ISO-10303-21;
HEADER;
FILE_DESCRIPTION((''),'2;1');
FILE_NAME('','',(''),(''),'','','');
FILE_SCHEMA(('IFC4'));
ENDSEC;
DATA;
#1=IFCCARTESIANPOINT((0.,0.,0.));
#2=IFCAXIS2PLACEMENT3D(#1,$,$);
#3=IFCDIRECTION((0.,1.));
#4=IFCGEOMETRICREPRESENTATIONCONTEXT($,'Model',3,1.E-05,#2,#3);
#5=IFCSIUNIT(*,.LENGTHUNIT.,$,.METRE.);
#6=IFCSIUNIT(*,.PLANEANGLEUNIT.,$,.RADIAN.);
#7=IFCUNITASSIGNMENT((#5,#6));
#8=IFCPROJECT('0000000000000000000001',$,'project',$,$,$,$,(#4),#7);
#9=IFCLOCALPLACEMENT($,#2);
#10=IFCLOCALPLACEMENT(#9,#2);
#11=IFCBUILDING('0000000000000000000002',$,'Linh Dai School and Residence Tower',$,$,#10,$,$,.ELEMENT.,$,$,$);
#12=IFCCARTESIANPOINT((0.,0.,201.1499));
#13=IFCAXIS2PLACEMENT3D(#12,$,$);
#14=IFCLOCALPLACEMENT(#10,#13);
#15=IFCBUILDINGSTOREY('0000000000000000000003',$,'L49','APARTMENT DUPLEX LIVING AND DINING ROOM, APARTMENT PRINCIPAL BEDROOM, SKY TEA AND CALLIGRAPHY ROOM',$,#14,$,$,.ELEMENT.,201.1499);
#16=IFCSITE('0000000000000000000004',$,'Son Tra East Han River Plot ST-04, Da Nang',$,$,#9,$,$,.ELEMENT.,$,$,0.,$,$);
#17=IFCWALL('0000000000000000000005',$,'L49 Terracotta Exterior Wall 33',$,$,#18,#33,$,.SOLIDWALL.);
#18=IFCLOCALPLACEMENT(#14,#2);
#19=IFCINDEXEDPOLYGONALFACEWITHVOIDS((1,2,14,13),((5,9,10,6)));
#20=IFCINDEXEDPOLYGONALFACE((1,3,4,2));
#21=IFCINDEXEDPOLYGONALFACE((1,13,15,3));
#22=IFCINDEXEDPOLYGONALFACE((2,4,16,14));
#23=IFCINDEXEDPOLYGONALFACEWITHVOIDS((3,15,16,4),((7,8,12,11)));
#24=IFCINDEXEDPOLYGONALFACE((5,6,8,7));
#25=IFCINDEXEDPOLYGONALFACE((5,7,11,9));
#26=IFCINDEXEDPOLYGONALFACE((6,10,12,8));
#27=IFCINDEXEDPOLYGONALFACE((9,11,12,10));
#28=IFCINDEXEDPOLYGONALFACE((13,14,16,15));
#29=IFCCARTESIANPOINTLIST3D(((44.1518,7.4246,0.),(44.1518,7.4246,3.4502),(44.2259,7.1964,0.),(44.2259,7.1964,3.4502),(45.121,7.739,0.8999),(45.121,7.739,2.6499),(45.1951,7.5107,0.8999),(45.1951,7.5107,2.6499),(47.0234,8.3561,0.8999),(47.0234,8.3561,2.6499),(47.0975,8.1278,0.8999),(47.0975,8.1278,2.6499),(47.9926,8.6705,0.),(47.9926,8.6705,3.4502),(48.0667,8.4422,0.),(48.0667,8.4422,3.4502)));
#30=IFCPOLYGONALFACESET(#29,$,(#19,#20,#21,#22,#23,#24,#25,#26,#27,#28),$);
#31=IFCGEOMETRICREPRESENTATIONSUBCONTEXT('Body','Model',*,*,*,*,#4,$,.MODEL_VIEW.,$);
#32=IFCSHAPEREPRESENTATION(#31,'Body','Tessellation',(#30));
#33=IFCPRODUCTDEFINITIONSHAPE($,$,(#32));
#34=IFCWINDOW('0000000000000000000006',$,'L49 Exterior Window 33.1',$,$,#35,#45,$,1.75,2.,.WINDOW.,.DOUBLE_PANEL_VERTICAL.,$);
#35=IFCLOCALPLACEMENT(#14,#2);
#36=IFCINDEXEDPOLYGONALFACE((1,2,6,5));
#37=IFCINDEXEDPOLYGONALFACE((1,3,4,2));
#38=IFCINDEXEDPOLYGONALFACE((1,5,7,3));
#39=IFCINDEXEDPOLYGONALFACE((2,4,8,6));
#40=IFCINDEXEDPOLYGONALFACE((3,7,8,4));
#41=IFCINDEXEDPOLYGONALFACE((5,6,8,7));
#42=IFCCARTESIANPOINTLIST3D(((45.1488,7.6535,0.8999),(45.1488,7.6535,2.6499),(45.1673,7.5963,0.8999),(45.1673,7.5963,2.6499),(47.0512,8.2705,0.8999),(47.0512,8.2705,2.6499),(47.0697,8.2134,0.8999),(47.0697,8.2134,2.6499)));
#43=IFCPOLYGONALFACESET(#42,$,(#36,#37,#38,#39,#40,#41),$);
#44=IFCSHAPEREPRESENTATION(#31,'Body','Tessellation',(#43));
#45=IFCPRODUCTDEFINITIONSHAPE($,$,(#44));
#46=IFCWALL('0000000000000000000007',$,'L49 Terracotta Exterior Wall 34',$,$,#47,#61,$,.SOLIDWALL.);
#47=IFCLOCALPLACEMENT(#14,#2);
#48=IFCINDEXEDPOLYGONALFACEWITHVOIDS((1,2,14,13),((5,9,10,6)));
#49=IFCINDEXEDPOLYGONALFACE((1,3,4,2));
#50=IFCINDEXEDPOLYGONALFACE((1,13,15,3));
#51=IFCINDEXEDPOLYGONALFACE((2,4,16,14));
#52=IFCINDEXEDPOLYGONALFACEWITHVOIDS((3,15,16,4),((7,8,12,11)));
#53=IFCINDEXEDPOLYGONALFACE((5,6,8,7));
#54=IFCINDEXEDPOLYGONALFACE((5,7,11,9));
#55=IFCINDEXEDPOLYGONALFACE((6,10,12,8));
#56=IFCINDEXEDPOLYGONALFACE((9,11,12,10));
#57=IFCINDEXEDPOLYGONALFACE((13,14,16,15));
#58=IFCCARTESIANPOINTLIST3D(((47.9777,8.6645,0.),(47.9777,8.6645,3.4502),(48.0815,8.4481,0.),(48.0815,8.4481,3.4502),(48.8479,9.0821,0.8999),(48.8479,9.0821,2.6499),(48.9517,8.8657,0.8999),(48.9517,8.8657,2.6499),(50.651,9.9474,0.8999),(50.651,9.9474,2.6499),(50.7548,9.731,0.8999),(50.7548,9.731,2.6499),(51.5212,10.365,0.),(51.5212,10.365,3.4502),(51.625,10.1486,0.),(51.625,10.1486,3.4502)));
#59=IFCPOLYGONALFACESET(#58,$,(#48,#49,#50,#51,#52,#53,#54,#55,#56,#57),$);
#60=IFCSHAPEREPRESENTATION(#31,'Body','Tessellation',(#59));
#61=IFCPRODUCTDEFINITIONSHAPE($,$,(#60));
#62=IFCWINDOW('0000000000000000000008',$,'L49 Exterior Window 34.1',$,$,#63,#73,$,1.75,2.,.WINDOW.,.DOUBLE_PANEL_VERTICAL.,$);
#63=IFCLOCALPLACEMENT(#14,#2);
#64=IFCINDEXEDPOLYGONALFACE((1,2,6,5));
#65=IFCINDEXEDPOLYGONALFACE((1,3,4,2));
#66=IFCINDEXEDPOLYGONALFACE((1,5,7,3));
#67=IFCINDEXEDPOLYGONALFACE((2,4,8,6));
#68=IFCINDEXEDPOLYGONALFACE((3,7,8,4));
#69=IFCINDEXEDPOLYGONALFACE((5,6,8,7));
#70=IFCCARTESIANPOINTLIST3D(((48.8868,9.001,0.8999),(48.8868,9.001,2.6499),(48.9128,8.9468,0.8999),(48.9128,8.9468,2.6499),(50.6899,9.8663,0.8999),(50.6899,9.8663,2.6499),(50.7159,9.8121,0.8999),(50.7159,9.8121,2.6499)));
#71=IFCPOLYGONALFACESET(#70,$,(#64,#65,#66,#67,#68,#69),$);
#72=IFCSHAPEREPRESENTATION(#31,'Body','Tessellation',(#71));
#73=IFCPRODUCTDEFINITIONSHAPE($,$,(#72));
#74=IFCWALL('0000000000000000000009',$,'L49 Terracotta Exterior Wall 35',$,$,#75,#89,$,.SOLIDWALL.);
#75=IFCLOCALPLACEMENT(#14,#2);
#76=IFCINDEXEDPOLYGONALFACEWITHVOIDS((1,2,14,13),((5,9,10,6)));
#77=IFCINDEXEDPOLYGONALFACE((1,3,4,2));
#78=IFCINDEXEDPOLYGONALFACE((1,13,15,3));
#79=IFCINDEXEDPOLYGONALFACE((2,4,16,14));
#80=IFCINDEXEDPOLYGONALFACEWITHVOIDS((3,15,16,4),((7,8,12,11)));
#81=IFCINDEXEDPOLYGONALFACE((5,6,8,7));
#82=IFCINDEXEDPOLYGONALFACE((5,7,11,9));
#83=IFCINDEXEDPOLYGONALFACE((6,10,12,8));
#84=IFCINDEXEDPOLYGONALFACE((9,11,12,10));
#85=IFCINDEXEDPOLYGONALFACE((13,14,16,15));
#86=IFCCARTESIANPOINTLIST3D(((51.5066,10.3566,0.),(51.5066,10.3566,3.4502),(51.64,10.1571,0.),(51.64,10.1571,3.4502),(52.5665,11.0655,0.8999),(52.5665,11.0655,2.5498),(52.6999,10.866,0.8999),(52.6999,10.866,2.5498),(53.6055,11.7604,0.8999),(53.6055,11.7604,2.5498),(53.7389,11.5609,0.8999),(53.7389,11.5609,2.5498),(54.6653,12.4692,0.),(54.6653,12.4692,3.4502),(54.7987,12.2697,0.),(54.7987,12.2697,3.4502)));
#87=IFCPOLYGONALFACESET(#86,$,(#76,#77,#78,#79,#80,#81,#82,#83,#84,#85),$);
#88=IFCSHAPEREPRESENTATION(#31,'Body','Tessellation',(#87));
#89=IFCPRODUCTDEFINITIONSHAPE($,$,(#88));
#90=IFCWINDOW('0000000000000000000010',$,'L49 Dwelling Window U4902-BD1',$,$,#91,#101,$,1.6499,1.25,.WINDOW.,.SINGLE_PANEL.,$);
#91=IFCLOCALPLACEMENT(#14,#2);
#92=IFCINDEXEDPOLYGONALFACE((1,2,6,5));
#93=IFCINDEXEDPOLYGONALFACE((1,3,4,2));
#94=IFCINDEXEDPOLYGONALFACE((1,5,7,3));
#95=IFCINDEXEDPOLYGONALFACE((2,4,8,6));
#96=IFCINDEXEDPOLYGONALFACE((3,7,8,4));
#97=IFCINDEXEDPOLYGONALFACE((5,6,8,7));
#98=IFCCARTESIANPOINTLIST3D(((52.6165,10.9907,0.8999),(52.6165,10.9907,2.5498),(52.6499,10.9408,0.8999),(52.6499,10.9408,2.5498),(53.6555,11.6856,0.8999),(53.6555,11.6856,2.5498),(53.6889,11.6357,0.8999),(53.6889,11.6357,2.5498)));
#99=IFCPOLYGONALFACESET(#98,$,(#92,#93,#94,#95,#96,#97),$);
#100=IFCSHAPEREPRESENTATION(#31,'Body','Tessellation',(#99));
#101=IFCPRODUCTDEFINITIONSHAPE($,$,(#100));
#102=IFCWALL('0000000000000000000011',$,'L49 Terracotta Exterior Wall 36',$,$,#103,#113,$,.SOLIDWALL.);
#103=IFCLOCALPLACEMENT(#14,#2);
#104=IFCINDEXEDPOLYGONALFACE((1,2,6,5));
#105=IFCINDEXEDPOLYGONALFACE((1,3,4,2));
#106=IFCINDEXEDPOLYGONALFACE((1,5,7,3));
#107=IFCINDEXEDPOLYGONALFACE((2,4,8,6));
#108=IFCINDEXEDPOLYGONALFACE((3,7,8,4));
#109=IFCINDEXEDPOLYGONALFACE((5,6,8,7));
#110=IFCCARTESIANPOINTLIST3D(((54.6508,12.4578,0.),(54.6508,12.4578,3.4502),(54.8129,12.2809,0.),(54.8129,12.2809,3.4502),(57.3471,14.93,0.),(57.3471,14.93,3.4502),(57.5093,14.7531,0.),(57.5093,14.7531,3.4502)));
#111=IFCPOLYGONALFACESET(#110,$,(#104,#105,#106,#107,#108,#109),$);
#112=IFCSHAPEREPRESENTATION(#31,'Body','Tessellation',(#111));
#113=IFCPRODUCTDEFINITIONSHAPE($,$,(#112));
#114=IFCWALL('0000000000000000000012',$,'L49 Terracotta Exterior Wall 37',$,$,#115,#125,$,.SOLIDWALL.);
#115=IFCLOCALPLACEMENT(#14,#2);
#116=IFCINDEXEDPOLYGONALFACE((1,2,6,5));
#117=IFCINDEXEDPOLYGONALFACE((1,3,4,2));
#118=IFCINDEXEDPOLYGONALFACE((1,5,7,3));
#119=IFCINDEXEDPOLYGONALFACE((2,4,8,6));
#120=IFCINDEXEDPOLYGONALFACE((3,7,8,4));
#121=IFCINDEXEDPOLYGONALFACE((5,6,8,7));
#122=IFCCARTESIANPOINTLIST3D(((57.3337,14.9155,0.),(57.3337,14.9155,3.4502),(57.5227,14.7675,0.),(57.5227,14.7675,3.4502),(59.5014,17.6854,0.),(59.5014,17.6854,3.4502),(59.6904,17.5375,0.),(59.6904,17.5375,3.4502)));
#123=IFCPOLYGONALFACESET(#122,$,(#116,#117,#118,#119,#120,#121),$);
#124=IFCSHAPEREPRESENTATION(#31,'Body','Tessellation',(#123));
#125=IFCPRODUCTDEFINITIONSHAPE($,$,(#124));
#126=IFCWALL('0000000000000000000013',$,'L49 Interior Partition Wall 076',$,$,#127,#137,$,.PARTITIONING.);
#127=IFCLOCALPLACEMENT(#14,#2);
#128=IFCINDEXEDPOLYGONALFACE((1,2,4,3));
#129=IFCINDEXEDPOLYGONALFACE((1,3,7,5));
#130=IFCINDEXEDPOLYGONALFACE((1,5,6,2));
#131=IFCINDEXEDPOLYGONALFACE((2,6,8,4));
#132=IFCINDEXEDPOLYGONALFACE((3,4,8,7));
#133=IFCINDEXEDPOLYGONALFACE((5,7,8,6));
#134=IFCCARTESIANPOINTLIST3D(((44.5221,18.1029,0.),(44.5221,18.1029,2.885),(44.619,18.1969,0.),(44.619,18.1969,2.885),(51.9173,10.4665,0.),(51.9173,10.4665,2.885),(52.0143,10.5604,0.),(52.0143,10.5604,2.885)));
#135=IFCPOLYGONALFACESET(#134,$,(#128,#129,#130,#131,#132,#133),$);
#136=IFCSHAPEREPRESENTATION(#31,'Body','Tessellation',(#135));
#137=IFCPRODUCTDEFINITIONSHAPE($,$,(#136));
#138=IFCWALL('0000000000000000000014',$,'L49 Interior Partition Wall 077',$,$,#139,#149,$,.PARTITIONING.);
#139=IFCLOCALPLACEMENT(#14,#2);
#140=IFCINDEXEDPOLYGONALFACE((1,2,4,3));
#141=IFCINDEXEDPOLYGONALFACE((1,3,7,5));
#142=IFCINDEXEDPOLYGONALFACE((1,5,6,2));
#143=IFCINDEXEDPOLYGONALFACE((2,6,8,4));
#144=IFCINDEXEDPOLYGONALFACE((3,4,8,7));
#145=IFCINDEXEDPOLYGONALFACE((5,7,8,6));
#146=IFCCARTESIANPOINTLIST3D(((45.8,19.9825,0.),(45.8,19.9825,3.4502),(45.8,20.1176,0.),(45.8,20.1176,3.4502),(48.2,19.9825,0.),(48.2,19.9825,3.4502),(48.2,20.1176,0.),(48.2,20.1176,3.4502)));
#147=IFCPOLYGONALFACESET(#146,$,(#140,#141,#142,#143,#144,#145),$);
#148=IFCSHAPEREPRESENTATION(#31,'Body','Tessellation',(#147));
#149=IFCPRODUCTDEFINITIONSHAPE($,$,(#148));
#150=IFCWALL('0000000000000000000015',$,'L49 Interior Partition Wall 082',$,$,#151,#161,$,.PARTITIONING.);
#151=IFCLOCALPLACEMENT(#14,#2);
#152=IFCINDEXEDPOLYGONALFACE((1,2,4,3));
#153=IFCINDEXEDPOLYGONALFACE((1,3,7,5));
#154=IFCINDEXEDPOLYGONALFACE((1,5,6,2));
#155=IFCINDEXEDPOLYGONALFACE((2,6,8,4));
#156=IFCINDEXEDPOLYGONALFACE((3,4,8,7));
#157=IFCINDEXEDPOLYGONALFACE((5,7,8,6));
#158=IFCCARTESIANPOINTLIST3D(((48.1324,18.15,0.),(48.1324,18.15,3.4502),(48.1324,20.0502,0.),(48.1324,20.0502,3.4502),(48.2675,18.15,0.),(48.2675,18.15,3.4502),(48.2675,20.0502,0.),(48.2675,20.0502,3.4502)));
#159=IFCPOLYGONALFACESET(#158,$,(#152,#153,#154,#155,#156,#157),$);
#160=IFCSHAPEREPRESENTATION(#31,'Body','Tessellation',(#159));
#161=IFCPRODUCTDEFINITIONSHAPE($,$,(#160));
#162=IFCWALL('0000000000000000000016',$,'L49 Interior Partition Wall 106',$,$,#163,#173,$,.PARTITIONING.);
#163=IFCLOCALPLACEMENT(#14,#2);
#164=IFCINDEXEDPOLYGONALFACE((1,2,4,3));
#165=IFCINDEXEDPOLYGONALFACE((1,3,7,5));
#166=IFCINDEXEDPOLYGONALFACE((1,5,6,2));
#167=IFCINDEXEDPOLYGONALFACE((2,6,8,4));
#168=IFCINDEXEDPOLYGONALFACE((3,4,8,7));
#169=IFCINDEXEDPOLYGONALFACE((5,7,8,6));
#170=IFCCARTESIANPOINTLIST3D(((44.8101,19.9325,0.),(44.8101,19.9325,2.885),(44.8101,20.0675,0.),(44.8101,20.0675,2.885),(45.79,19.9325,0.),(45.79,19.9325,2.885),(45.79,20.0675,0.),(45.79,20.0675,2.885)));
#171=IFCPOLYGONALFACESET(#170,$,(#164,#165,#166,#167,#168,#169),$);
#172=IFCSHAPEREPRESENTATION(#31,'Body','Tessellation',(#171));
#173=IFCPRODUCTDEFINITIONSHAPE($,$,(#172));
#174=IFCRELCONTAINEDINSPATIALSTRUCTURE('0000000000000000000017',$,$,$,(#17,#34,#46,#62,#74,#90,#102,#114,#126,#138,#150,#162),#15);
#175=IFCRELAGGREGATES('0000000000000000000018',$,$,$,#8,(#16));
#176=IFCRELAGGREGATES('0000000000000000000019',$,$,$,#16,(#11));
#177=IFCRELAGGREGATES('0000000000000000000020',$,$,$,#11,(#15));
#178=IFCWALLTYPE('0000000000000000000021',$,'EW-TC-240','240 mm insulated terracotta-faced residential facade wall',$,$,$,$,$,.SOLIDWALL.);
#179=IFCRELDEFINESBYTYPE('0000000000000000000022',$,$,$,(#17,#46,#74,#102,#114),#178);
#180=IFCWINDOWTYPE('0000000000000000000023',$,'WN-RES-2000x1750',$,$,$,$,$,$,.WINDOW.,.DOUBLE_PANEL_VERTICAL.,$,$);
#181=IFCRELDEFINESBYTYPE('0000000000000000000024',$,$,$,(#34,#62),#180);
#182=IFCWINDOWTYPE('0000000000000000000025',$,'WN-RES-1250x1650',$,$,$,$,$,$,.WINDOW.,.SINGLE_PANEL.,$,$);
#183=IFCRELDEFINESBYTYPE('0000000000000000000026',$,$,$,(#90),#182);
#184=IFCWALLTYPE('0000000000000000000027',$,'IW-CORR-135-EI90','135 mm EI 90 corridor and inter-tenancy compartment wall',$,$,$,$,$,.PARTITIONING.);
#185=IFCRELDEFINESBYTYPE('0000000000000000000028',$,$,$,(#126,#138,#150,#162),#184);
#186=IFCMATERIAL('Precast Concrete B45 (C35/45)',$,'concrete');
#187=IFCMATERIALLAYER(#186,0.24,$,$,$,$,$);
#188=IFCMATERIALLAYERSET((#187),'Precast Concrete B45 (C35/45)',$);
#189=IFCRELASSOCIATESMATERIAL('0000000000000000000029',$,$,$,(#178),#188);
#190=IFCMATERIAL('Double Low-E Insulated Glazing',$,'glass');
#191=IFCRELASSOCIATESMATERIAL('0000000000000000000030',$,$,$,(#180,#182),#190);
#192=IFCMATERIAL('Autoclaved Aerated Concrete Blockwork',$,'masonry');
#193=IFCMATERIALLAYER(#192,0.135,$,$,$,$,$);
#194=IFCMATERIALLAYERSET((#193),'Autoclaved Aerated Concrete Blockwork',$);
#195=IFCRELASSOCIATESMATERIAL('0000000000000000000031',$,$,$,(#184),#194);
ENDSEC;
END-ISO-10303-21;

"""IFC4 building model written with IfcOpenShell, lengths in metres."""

from ifc_helpers import new_model, si_unit, direction, frame, frame_2d, origin, origin_2d, place, context, subcontext, project, spatial, rectangle, extrude, source, transform, mapped, material, layer, layer_set, type_object, element, fill, save


model = new_model("IFC4")

# Units and contexts
model_context = context("Model", 3, precision=1e-05, world=origin(), true_north=direction((0.0, 1.0)))
body_context = subcontext(model_context, "Body", "Model", "MODEL_VIEW")
ifc_project = project(units=[si_unit("LENGTHUNIT", "METRE"), si_unit("PLANEANGLEUNIT", "RADIAN")], contexts=[model_context])

# Site, building, storey
site_placement = place(None, origin())
site = spatial("IfcSite", under=ifc_project, at=site_placement, Name="Son Tra East Han River Plot ST-04, Da Nang", CompositionType="ELEMENT", RefElevation=0.0)
building_placement = place(site_placement, origin())
building = spatial("IfcBuilding", under=site, at=building_placement, Name="Linh Dai School and Residence Tower", CompositionType="ELEMENT")
storey_placement = place(building_placement, frame((0.0, 0.0, 201.1499)))
storey = spatial("IfcBuildingStorey", under=building, at=storey_placement, Name="L49", Description="APARTMENT DUPLEX LIVING AND DINING ROOM, APARTMENT PRINCIPAL BEDROOM, SKY TEA AND CALLIGRAPHY ROOM", CompositionType="ELEMENT", Elevation=201.1499)

# Shared definitions
ifc_material_1 = material(Name="Precast Concrete B45 (C35/45)", Category="concrete")

# Walls, openings, windows
ifc_layer_1 = layer(ifc_material_1, 0.24)
ifc_layer_set_1 = layer_set([ifc_layer_1], Name="Precast Concrete B45 (C35/45)")
wall_type_1 = type_object("IfcWallType", Name="EW-TC-240", Description="240 mm insulated terracotta-faced residential facade wall", PredefinedType="SOLIDWALL", material=ifc_layer_set_1)
wall_1_placement = place(storey_placement, frame((48.0298, 8.5564, 0.0), z_axis=(0.0, 0.0, 1.0), x_axis=(-0.95121, -0.308545, 0.0)))
wall_1 = element("IfcWall", 1, at=wall_1_placement, inside=storey, type_object=wall_type_1, Name="L49 Terracotta Exterior Wall 33", PredefinedType="SOLIDWALL", context=body_context, shape_type="SweptSolid", body=[
    extrude(rectangle(XDim=4.0378, YDim=0.24, at=frame_2d((2.019, 0.0))), origin(), (0.0, 0.0, 1.0), 3.4502),
])
opening_1_placement = place(wall_1_placement, frame((1.019, 0.0, 0.8999)))
opening_1 = element("IfcOpeningElement", 2, at=opening_1_placement, cuts=wall_1, PredefinedType="OPENING", context=body_context, shape_type="SweptSolid", body=[
    extrude(rectangle(XDim=2.0, YDim=1.75, at=origin_2d()), frame((1.0, 0.1299, 0.875), z_axis=(0.0, -1.0, 0.0), x_axis=(1.0, 0.0, 0.0)), (0.0, 0.0, 1.0), 0.26),
])
ifc_material_2 = material(Name="Double Low-E Insulated Glazing", Category="glass")
window_type_1 = type_object("IfcWindowType", Name="WN-RES-2000x1750", PartitioningType="DOUBLE_PANEL_VERTICAL", PredefinedType="WINDOW", material=ifc_material_2)
shared_shape_1 = source(origin(), body_context, "Body", "SweptSolid", [
    extrude(rectangle(XDim=2.0, YDim=1.75, at=origin_2d()), frame((1.0, 0.03, 0.875), z_axis=(0.0, -1.0, 0.0), x_axis=(1.0, 0.0, 0.0)), (0.0, 0.0, 1.0), 0.0601),
])
window_1_placement = place(opening_1_placement, origin())
window_1 = element("IfcWindow", 3, at=window_1_placement, inside=storey, type_object=window_type_1, Name="L49 Exterior Window 33.1", OverallHeight=1.75, OverallWidth=2.0, PartitioningType="DOUBLE_PANEL_VERTICAL", PredefinedType="WINDOW", context=body_context, shape_type="MappedRepresentation", body=[
    mapped(shared_shape_1, transform((0.0, 0.0, 0.0), x_axis=(1.0, 0.0, 0.0), y_axis=(0.0, 1.0, 0.0), z_axis=(0.0, 0.0, 1.0), scale=1.0)),
])
fill(opening_1, window_1)
wall_2_placement = place(storey_placement, frame((51.5732, 10.2568, 0.0), z_axis=(0.0, 0.0, 1.0), x_axis=(-0.901565, -0.432644, 0.0)))
wall_2 = element("IfcWall", 4, at=wall_2_placement, inside=storey, type_object=wall_type_1, Name="L49 Terracotta Exterior Wall 34", PredefinedType="SOLIDWALL", context=body_context, shape_type="SweptSolid", body=[
    extrude(rectangle(XDim=3.9304, YDim=0.24, at=frame_2d((1.9653, 0.0))), origin(), (0.0, 0.0, 1.0), 3.4502),
])
opening_2_placement = place(wall_2_placement, frame((0.9653, 0.0, 0.8999)))
opening_2 = element("IfcOpeningElement", 5, at=opening_2_placement, cuts=wall_2, PredefinedType="OPENING", context=body_context, shape_type="SweptSolid", body=[
    extrude(rectangle(XDim=2.0, YDim=1.75, at=origin_2d()), frame((1.0, 0.1299, 0.875), z_axis=(0.0, -1.0, 0.0), x_axis=(1.0, 0.0, 0.0)), (0.0, 0.0, 1.0), 0.26),
])
window_2_placement = place(opening_2_placement, origin())
window_2 = element("IfcWindow", 6, at=window_2_placement, inside=storey, type_object=window_type_1, Name="L49 Exterior Window 34.1", OverallHeight=1.75, OverallWidth=2.0, PartitioningType="DOUBLE_PANEL_VERTICAL", PredefinedType="WINDOW", context=body_context, shape_type="MappedRepresentation", body=[
    mapped(shared_shape_1, transform((0.0, 0.0, 0.0), x_axis=(1.0, 0.0, 0.0), y_axis=(0.0, 1.0, 0.0), z_axis=(0.0, 0.0, 1.0), scale=1.0)),
])
fill(opening_2, window_2)
wall_3_placement = place(storey_placement, frame((54.7319, 12.3694, 0.0), z_axis=(0.0, 0.0, 1.0), x_axis=(-0.831229, -0.55593, 0.0)))
wall_3 = element("IfcWall", 7, at=wall_3_placement, inside=storey, type_object=wall_type_1, Name="L49 Terracotta Exterior Wall 35", PredefinedType="SOLIDWALL", context=body_context, shape_type="SweptSolid", body=[
    extrude(rectangle(XDim=3.8, YDim=0.24, at=frame_2d((1.8999, 0.0))), origin(), (0.0, 0.0, 1.0), 3.4502),
])
opening_3_placement = place(wall_3_placement, frame((1.2749, 0.0, 0.8999)))
opening_3 = element("IfcOpeningElement", 8, at=opening_3_placement, cuts=wall_3, PredefinedType="OPENING", context=body_context, shape_type="SweptSolid", body=[
    extrude(rectangle(XDim=1.25, YDim=1.6499, at=origin_2d()), frame((0.625, 0.1299, 0.825), z_axis=(0.0, -1.0, 0.0), x_axis=(1.0, 0.0, 0.0)), (0.0, 0.0, 1.0), 0.26),
])
window_type_2 = type_object("IfcWindowType", Name="WN-RES-1250x1650", PartitioningType="SINGLE_PANEL", PredefinedType="WINDOW", material=ifc_material_2)
shared_shape_2 = source(origin(), body_context, "Body", "SweptSolid", [
    extrude(rectangle(XDim=1.25, YDim=1.6499, at=origin_2d()), frame((0.625, 0.03, 0.825), z_axis=(0.0, -1.0, 0.0), x_axis=(1.0, 0.0, 0.0)), (0.0, 0.0, 1.0), 0.0601),
])
window_3_placement = place(opening_3_placement, origin())
window_3 = element("IfcWindow", 9, at=window_3_placement, inside=storey, type_object=window_type_2, Name="L49 Dwelling Window U4902-BD1", OverallHeight=1.6499, OverallWidth=1.25, PartitioningType="SINGLE_PANEL", PredefinedType="WINDOW", context=body_context, shape_type="MappedRepresentation", body=[
    mapped(shared_shape_2, transform((0.0, 0.0, 0.0), x_axis=(1.0, 0.0, 0.0), y_axis=(0.0, 1.0, 0.0), z_axis=(0.0, 0.0, 1.0), scale=1.0)),
])
fill(opening_3, window_3)

# Walls
wall_4_placement = place(storey_placement, frame((57.4282, 14.8416, 0.0), z_axis=(0.0, 0.0, 1.0), x_axis=(-0.737077, -0.675809, 0.0)))
element("IfcWall", 10, at=wall_4_placement, inside=storey, type_object=wall_type_1, Name="L49 Terracotta Exterior Wall 36", PredefinedType="SOLIDWALL", context=body_context, shape_type="SweptSolid", body=[
    extrude(rectangle(XDim=3.6582, YDim=0.24, at=frame_2d((1.8291, 0.0))), origin(), (0.0, 0.0, 1.0), 3.4502),
])
wall_5_placement = place(storey_placement, frame((59.5959, 17.6116, 0.0), z_axis=(0.0, 0.0, 1.0), x_axis=(-0.616288, -0.787521, 0.0)))
element("IfcWall", 11, at=wall_5_placement, inside=storey, type_object=wall_type_1, Name="L49 Terracotta Exterior Wall 37", PredefinedType="SOLIDWALL", context=body_context, shape_type="SweptSolid", body=[
    extrude(rectangle(XDim=3.5173, YDim=0.24, at=frame_2d((1.7588, 0.0))), origin(), (0.0, 0.0, 1.0), 3.4502),
])
ifc_material_3 = material(Name="Autoclaved Aerated Concrete Blockwork", Category="masonry")
ifc_layer_2 = layer(ifc_material_3, 0.135)
ifc_layer_set_2 = layer_set([ifc_layer_2], Name="Autoclaved Aerated Concrete Blockwork")
wall_type_2 = type_object("IfcWallType", Name="IW-CORR-135-EI90", Description="135 mm EI 90 corridor and inter-tenancy compartment wall", PredefinedType="PARTITIONING", material=ifc_layer_set_2)
wall_6_placement = place(storey_placement, frame((44.5706, 18.1499, 0.0), z_axis=(0.0, 0.0, 1.0), x_axis=(0.69567, -0.718361, 0.0)))
element("IfcWall", 12, at=wall_6_placement, inside=storey, type_object=wall_type_2, Name="L49 Interior Partition Wall 076", PredefinedType="PARTITIONING", context=body_context, shape_type="SweptSolid", body=[
    extrude(rectangle(XDim=10.6304, YDim=0.135, at=frame_2d((5.3152, 0.0))), origin(), (0.0, 0.0, 1.0), 2.885),
])
wall_7_placement = place(storey_placement, frame((45.8, 20.05, 0.0), z_axis=(0.0, 0.0, 1.0), x_axis=(1.0, 0.0, 0.0)))
element("IfcWall", 13, at=wall_7_placement, inside=storey, type_object=wall_type_2, Name="L49 Interior Partition Wall 077", PredefinedType="PARTITIONING", context=body_context, shape_type="SweptSolid", body=[
    extrude(rectangle(XDim=2.3999, YDim=0.135, at=frame_2d((1.2, 0.0))), origin(), (0.0, 0.0, 1.0), 3.4502),
])
wall_8_placement = place(storey_placement, frame((48.2, 18.1499, 0.0), z_axis=(0.0, 0.0, 1.0), x_axis=(0.0, 1.0, 0.0)))
element("IfcWall", 14, at=wall_8_placement, inside=storey, type_object=wall_type_2, Name="L49 Interior Partition Wall 082", PredefinedType="PARTITIONING", context=body_context, shape_type="SweptSolid", body=[
    extrude(rectangle(XDim=1.9001, YDim=0.135, at=frame_2d((0.9502, 0.0))), origin(), (0.0, 0.0, 1.0), 3.4502),
])
wall_9_placement = place(storey_placement, frame((44.8101, 20.0, 0.0), z_axis=(0.0, 0.0, 1.0), x_axis=(1.0, 0.0, 0.0)))
element("IfcWall", 15, at=wall_9_placement, inside=storey, type_object=wall_type_2, Name="L49 Interior Partition Wall 106", PredefinedType="PARTITIONING", context=body_context, shape_type="SweptSolid", body=[
    extrude(rectangle(XDim=0.98, YDim=0.135, at=frame_2d((0.49, 0.0))), origin(), (0.0, 0.0, 1.0), 2.885),
])

save(model, "model.ifc")
